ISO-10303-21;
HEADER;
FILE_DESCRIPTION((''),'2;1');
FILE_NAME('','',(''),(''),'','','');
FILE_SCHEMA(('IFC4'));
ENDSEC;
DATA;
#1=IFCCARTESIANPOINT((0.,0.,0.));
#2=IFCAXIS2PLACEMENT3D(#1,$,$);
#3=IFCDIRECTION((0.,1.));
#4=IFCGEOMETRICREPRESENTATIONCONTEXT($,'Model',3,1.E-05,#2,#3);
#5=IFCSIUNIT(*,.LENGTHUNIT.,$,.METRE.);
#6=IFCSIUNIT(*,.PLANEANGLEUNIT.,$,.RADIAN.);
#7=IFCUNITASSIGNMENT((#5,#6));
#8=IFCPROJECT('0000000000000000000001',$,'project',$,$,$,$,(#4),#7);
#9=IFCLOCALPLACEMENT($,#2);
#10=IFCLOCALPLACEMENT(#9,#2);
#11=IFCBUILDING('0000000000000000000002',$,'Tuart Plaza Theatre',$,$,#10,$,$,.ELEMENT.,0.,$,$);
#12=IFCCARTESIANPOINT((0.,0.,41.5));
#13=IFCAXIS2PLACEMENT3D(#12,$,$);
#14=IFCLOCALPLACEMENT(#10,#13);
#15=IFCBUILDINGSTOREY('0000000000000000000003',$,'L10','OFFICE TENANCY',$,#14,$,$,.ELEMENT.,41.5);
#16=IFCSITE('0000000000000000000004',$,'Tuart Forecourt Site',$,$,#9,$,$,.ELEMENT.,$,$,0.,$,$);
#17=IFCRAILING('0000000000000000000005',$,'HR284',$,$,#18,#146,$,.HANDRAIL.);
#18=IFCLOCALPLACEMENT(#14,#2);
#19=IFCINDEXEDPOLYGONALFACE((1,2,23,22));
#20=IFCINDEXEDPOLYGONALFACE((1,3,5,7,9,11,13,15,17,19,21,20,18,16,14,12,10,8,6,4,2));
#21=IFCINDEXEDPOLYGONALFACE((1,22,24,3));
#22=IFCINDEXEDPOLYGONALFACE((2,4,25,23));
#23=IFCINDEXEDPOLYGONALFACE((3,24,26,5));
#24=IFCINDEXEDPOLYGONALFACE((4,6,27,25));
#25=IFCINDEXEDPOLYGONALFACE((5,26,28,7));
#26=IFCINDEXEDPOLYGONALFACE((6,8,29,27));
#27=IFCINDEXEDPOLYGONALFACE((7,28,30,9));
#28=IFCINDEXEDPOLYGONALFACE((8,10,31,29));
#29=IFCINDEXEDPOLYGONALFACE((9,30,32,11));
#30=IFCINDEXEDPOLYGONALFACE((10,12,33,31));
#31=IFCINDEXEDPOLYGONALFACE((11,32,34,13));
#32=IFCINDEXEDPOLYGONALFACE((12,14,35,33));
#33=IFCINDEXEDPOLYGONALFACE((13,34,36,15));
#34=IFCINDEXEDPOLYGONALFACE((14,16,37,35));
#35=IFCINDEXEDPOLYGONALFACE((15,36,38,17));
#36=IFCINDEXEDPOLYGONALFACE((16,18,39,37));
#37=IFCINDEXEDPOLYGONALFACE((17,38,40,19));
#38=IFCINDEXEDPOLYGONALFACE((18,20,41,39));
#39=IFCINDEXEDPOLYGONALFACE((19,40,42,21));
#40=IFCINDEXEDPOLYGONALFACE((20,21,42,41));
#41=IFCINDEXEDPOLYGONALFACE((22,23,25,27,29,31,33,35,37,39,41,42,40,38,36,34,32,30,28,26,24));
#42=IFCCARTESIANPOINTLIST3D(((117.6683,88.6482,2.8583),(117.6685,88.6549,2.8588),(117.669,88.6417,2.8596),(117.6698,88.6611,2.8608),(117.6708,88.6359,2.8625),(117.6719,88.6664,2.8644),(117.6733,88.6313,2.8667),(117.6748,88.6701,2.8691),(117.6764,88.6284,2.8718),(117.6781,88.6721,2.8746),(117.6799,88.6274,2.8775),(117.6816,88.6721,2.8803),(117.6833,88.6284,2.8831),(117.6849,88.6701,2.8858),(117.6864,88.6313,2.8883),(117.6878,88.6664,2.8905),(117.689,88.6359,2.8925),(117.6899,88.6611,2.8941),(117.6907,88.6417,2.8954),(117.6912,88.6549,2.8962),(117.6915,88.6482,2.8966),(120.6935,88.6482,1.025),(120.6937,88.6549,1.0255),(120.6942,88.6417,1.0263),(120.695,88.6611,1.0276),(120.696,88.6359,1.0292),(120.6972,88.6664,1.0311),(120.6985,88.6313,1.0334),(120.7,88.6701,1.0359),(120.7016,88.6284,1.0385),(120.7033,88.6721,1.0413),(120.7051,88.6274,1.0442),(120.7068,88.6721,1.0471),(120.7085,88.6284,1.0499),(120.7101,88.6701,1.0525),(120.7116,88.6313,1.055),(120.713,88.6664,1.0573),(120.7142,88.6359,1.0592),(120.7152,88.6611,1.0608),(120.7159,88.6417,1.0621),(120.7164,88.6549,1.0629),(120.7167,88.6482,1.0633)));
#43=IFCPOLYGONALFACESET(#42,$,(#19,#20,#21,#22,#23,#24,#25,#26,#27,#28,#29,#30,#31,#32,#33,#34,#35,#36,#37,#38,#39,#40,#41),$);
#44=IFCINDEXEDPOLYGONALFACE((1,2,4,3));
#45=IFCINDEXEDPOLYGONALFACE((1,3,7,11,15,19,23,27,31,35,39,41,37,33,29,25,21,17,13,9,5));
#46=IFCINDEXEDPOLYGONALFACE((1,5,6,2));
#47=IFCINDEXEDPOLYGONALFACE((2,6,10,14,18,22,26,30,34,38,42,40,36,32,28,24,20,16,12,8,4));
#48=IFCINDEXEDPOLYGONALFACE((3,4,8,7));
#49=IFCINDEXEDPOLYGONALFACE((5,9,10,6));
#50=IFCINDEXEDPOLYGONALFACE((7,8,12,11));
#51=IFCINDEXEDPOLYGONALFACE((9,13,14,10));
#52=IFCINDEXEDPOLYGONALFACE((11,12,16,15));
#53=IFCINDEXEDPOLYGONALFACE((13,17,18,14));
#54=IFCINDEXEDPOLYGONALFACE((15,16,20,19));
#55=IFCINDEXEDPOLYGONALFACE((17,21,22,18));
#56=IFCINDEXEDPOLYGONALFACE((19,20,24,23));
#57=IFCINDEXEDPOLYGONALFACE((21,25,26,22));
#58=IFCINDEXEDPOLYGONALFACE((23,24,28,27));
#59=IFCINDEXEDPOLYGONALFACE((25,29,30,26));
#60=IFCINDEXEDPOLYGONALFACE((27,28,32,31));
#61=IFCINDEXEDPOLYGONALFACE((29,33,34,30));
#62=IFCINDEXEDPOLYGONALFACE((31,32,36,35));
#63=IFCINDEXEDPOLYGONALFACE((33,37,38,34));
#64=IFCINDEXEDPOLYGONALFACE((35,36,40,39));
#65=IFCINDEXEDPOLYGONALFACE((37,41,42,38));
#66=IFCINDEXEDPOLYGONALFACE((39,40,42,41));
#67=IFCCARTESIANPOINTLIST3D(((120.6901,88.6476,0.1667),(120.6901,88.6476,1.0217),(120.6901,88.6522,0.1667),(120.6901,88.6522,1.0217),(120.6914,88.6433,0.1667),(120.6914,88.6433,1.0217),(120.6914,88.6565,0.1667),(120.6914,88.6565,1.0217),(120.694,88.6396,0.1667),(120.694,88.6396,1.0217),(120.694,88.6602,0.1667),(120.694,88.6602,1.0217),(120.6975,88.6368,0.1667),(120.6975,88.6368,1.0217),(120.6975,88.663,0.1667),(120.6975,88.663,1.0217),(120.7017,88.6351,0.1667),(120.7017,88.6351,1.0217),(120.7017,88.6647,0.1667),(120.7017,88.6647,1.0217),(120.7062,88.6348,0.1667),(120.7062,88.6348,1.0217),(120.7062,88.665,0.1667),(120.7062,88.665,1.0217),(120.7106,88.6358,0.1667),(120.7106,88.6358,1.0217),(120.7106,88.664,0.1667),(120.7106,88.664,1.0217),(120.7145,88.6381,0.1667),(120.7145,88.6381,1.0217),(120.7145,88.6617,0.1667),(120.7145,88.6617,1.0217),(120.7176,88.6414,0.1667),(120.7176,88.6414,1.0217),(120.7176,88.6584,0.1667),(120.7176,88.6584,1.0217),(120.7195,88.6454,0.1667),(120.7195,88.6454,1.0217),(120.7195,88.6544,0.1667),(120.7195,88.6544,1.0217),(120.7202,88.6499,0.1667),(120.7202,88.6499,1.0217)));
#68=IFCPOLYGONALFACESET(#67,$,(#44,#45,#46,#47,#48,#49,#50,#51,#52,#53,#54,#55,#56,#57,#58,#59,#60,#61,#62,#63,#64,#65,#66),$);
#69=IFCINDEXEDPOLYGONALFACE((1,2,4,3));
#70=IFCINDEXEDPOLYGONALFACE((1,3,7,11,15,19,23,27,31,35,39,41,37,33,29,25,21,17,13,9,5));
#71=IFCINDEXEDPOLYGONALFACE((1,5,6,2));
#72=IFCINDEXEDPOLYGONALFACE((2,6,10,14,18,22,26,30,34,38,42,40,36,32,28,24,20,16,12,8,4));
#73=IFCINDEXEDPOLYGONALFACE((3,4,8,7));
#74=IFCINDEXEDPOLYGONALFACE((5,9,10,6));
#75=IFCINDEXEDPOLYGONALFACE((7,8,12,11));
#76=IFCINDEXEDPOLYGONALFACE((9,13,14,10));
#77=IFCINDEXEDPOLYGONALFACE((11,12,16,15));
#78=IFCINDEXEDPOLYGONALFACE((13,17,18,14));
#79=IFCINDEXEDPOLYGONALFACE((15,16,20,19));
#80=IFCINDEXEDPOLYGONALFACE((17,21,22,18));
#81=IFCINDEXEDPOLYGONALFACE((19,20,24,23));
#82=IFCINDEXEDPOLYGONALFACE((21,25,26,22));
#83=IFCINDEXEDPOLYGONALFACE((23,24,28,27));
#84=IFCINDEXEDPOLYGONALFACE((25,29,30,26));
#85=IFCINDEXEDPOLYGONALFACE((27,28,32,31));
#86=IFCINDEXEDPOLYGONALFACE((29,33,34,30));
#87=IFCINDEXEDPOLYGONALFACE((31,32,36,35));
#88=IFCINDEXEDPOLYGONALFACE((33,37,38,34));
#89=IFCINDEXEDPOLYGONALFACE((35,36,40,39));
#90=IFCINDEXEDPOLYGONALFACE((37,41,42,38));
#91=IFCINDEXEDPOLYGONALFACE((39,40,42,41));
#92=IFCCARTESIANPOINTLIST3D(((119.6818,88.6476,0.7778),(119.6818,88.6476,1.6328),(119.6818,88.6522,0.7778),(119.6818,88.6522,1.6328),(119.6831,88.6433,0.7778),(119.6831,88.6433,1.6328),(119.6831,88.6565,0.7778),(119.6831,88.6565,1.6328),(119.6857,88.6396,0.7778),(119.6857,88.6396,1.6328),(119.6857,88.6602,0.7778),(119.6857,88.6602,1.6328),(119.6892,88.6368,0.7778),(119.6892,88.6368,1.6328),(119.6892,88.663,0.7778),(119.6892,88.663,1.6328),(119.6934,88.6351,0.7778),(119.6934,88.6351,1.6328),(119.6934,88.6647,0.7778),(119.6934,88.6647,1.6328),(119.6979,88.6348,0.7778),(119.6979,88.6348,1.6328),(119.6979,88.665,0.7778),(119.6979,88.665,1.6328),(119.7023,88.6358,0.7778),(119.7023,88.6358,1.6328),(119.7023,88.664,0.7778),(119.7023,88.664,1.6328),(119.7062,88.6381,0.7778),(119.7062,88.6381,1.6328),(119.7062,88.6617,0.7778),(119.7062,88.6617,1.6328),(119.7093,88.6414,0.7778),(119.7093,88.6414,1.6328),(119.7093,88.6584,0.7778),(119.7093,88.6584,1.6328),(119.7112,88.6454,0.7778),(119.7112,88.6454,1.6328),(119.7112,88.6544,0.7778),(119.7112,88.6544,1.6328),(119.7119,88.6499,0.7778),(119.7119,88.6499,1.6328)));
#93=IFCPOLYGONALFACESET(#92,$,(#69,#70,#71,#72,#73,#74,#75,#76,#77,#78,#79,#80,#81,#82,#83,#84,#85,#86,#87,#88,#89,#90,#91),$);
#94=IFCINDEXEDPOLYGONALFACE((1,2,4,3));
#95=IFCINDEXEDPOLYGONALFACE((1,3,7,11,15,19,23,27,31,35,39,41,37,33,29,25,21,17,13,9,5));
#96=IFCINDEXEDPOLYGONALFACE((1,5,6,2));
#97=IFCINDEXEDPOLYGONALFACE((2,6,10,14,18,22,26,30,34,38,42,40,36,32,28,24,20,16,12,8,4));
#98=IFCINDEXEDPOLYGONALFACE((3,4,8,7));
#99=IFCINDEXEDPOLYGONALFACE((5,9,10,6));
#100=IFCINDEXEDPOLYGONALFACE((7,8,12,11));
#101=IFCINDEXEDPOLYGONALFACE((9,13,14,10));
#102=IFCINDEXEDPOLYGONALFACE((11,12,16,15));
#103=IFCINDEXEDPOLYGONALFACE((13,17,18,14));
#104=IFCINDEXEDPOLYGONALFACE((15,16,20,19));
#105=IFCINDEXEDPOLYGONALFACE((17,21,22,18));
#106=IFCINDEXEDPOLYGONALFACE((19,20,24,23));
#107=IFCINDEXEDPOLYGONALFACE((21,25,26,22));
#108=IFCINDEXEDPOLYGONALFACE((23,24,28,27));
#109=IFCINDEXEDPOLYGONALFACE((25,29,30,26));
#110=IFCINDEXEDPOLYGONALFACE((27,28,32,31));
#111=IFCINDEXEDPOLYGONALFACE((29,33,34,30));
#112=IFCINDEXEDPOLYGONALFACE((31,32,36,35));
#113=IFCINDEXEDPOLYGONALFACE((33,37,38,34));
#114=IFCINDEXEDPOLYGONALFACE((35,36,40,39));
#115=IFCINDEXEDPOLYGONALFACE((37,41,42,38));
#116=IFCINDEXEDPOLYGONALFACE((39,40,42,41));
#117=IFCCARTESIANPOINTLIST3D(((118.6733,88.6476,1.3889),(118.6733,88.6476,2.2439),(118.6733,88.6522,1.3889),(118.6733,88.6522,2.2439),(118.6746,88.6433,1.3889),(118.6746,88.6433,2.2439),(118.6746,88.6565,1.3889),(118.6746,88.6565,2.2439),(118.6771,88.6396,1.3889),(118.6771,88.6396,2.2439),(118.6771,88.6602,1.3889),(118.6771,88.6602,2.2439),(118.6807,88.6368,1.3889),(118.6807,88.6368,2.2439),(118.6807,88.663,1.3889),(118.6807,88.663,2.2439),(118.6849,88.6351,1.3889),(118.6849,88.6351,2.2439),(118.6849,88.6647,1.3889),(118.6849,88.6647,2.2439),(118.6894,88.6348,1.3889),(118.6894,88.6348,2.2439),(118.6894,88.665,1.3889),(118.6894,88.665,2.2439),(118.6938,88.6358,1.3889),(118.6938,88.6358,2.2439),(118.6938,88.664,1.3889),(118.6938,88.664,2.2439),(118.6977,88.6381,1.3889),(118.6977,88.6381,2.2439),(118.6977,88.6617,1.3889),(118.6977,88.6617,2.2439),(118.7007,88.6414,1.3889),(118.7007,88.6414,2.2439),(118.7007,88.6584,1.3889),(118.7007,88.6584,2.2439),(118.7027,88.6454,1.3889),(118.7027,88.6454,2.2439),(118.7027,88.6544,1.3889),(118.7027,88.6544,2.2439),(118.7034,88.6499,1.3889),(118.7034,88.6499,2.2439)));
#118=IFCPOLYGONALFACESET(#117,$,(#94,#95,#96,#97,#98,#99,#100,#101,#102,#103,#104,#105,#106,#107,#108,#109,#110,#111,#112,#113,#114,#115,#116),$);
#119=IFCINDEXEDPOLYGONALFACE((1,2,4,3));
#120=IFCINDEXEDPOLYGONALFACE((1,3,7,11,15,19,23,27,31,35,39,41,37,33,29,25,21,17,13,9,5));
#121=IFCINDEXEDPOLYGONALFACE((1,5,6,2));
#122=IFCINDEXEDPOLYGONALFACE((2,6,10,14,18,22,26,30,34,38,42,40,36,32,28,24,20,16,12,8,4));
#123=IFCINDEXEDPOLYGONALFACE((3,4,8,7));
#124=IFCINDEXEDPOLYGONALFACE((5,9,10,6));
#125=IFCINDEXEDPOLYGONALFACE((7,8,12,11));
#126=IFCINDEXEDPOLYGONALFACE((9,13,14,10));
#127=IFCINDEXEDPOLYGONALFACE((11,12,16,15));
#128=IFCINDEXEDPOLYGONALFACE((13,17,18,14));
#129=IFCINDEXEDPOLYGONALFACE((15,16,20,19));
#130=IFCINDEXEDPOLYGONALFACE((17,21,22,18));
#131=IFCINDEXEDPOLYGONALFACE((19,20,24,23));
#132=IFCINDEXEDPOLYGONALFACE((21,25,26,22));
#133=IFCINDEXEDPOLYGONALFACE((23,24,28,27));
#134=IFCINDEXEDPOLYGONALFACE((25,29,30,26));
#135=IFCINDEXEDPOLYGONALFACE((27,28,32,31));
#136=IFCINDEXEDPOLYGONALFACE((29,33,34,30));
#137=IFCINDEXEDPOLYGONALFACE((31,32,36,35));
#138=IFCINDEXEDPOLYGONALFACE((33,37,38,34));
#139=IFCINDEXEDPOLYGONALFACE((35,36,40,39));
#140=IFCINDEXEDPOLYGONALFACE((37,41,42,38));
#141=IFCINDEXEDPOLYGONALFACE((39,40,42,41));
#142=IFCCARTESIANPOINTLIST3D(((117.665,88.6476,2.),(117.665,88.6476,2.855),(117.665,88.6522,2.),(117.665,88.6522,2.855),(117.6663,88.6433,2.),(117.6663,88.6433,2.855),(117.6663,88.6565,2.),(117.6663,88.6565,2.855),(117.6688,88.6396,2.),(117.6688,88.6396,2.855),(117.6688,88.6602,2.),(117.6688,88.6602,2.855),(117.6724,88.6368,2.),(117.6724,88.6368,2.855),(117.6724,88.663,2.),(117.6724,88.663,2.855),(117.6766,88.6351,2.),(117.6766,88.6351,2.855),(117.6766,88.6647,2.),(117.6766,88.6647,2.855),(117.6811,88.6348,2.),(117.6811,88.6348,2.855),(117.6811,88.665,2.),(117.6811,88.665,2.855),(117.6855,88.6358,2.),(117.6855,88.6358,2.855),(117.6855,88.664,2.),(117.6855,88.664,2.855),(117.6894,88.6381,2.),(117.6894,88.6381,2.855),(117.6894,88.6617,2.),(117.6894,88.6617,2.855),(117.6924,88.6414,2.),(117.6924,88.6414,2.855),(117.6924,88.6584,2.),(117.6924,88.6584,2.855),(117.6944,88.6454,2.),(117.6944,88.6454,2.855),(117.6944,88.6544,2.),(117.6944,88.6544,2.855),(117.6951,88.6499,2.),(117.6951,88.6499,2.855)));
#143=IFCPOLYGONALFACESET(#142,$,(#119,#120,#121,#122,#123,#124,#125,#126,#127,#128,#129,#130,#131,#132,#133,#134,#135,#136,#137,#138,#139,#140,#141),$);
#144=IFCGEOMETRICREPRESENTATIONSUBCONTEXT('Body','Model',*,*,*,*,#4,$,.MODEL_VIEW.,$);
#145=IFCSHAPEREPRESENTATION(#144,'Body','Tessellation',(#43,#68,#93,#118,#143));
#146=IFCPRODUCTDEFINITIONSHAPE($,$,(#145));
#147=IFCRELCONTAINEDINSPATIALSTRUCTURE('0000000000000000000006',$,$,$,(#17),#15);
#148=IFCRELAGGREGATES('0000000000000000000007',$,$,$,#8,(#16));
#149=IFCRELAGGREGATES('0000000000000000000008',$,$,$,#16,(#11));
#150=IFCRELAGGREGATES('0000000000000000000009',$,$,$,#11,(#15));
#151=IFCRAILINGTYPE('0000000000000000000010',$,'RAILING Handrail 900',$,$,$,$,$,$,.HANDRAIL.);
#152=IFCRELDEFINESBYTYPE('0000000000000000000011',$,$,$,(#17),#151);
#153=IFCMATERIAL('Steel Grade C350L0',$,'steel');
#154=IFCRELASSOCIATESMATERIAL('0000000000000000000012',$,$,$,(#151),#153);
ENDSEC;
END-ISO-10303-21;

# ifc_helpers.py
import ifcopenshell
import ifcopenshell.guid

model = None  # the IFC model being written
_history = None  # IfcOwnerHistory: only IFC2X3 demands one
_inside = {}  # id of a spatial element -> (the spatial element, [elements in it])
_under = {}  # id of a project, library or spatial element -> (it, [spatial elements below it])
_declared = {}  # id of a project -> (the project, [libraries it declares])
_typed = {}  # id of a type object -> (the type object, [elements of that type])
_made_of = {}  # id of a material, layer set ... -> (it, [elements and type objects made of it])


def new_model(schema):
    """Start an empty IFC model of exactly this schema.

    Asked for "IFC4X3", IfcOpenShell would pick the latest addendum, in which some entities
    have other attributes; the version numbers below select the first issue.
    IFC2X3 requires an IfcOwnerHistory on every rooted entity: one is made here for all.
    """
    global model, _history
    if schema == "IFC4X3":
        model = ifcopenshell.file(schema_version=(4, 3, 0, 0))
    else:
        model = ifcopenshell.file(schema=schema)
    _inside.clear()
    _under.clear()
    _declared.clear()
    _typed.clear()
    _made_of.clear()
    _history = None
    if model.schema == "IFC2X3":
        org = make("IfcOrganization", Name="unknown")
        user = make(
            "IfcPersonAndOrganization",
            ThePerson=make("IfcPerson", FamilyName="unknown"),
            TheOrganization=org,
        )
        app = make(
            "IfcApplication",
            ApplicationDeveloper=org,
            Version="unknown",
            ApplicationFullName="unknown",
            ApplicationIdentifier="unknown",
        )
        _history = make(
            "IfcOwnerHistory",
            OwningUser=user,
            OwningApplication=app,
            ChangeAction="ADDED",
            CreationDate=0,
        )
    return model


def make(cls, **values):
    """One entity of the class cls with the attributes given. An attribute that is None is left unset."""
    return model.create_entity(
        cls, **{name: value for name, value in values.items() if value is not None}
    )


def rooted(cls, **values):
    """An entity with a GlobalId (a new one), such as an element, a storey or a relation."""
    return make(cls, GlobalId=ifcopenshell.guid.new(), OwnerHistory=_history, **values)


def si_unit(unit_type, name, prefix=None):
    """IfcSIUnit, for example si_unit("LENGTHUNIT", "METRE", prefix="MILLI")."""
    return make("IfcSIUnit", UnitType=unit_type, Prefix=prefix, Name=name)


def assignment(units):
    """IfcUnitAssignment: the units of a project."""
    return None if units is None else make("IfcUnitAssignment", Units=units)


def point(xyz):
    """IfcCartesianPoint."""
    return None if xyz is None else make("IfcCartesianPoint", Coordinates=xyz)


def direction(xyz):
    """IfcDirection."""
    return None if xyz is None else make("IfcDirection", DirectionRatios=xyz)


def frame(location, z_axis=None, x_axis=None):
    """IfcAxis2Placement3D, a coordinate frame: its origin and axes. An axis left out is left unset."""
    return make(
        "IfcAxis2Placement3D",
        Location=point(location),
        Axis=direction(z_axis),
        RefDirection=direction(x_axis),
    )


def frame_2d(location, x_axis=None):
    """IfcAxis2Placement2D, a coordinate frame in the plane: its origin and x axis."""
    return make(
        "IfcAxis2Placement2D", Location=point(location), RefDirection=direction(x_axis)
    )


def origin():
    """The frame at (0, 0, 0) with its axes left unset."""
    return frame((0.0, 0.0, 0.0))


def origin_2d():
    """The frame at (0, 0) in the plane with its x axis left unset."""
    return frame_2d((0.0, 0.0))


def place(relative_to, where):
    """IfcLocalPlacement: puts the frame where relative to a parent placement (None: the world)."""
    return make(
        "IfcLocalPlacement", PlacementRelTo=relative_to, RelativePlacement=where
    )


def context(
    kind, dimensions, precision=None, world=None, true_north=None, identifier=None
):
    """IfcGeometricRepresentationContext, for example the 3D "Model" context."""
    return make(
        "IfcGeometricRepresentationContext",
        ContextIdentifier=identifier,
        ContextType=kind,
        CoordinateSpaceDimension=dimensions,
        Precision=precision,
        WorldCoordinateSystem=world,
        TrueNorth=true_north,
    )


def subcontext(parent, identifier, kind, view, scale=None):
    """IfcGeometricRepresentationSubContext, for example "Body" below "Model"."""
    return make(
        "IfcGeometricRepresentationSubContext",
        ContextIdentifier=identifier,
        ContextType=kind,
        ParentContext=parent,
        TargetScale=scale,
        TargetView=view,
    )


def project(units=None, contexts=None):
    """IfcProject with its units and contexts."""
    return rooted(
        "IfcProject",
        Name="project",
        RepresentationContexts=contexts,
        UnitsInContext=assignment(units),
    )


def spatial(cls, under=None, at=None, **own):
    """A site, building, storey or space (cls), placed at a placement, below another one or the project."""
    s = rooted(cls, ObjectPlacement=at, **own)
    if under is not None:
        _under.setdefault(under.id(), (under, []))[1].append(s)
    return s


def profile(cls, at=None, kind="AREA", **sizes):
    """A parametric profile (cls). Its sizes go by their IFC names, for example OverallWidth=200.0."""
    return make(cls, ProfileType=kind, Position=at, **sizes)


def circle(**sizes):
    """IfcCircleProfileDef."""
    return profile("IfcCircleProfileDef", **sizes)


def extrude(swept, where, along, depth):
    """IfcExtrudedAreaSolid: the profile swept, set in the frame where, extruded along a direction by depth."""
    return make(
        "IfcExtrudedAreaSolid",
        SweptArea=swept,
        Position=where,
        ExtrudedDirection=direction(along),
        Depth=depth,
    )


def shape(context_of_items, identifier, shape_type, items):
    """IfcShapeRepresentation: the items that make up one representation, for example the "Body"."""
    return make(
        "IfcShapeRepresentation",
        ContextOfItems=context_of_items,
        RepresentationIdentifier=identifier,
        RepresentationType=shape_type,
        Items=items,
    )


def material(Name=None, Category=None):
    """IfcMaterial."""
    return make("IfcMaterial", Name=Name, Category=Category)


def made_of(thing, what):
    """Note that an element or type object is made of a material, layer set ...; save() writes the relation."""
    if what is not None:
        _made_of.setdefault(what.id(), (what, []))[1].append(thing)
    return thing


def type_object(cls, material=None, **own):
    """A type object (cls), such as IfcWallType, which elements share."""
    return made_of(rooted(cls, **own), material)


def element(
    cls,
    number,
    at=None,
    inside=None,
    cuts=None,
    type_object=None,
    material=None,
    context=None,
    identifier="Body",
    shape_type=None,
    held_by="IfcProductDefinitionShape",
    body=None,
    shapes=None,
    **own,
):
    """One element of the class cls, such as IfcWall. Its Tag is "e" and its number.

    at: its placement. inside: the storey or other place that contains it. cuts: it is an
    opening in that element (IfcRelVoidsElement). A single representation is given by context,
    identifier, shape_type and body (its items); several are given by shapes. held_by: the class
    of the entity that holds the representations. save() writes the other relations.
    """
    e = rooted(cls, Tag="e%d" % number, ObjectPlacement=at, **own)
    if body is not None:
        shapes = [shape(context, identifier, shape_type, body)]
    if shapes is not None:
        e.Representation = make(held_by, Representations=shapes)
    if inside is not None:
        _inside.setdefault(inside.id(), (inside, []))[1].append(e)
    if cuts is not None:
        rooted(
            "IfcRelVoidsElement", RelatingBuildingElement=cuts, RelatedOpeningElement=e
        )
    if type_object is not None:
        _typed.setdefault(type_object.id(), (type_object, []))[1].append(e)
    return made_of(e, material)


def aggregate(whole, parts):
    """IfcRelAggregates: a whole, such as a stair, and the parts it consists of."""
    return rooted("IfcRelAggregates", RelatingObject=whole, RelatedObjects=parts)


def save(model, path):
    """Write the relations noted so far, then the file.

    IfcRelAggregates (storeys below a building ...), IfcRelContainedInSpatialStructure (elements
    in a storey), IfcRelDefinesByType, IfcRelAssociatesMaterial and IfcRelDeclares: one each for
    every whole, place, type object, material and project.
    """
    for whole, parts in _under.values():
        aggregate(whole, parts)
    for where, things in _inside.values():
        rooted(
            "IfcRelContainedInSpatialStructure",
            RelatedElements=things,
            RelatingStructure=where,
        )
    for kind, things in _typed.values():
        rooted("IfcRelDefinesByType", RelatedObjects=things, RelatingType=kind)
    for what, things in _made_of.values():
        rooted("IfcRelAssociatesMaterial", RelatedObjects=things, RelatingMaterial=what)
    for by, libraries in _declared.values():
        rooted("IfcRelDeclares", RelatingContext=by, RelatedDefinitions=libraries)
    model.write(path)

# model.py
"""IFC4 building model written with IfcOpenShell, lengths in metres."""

from ifc_helpers import new_model, si_unit, direction, frame, origin, origin_2d, place, context, subcontext, project, spatial, circle, extrude, material, type_object, element, save


model = new_model("IFC4")

# Units and contexts
model_context = context("Model", 3, precision=1e-05, world=origin(), true_north=direction((0.0, 1.0)))
body_context = subcontext(model_context, "Body", "Model", "MODEL_VIEW")
ifc_project = project(units=[si_unit("LENGTHUNIT", "METRE"), si_unit("PLANEANGLEUNIT", "RADIAN")], contexts=[model_context])

# Site, building, storey
site_placement = place(None, origin())
site = spatial("IfcSite", under=ifc_project, at=site_placement, Name="Tuart Forecourt Site", CompositionType="ELEMENT", RefElevation=0.0)
building_placement = place(site_placement, origin())
building = spatial("IfcBuilding", under=site, at=building_placement, Name="Tuart Plaza Theatre", CompositionType="ELEMENT", ElevationOfRefHeight=0.0)
storey_placement = place(building_placement, frame((0.0, 0.0, 41.5)))
storey = spatial("IfcBuildingStorey", under=building, at=storey_placement, Name="L10", Description="OFFICE TENANCY", CompositionType="ELEMENT", Elevation=41.5)

# Railing
ifc_material_1 = material(Name="Steel Grade C350L0", Category="steel")
railing_type_1 = type_object("IfcRailingType", Name="RAILING Handrail 900", PredefinedType="HANDRAIL", material=ifc_material_1)
for number, where, name in (
    (1, (120.7051, 88.6499, 0.1667), "HR284"),
):
    element("IfcRailing", number, at=place(storey_placement, frame(where)), inside=storey, type_object=railing_type_1, Name=name, PredefinedType="HANDRAIL", context=body_context, shape_type="SweptSolid", body=[
        extrude(circle(Radius=0.0225, at=origin_2d()), frame((0.0, 0.0, 0.8774), z_axis=(-0.855219, 0.0, 0.518267), x_axis=(0.0, -1.0, 0.0)), (0.0, 0.0, 1.0), 3.5374),
        extrude(circle(Radius=0.0151, at=origin_2d()), origin(), (0.0, 0.0, 1.0), 0.855),
        extrude(circle(Radius=0.0151, at=origin_2d()), frame((-1.0083, 0.0, 0.6111)), (0.0, 0.0, 1.0), 0.855),
        extrude(circle(Radius=0.0151, at=origin_2d()), frame((-2.0168, 0.0, 1.2222)), (0.0, 0.0, 1.0), 0.855),
        extrude(circle(Radius=0.0151, at=origin_2d()), frame((-3.0251, 0.0, 1.8333)), (0.0, 0.0, 1.0), 0.855),
    ])

save(model, "model.ifc")
